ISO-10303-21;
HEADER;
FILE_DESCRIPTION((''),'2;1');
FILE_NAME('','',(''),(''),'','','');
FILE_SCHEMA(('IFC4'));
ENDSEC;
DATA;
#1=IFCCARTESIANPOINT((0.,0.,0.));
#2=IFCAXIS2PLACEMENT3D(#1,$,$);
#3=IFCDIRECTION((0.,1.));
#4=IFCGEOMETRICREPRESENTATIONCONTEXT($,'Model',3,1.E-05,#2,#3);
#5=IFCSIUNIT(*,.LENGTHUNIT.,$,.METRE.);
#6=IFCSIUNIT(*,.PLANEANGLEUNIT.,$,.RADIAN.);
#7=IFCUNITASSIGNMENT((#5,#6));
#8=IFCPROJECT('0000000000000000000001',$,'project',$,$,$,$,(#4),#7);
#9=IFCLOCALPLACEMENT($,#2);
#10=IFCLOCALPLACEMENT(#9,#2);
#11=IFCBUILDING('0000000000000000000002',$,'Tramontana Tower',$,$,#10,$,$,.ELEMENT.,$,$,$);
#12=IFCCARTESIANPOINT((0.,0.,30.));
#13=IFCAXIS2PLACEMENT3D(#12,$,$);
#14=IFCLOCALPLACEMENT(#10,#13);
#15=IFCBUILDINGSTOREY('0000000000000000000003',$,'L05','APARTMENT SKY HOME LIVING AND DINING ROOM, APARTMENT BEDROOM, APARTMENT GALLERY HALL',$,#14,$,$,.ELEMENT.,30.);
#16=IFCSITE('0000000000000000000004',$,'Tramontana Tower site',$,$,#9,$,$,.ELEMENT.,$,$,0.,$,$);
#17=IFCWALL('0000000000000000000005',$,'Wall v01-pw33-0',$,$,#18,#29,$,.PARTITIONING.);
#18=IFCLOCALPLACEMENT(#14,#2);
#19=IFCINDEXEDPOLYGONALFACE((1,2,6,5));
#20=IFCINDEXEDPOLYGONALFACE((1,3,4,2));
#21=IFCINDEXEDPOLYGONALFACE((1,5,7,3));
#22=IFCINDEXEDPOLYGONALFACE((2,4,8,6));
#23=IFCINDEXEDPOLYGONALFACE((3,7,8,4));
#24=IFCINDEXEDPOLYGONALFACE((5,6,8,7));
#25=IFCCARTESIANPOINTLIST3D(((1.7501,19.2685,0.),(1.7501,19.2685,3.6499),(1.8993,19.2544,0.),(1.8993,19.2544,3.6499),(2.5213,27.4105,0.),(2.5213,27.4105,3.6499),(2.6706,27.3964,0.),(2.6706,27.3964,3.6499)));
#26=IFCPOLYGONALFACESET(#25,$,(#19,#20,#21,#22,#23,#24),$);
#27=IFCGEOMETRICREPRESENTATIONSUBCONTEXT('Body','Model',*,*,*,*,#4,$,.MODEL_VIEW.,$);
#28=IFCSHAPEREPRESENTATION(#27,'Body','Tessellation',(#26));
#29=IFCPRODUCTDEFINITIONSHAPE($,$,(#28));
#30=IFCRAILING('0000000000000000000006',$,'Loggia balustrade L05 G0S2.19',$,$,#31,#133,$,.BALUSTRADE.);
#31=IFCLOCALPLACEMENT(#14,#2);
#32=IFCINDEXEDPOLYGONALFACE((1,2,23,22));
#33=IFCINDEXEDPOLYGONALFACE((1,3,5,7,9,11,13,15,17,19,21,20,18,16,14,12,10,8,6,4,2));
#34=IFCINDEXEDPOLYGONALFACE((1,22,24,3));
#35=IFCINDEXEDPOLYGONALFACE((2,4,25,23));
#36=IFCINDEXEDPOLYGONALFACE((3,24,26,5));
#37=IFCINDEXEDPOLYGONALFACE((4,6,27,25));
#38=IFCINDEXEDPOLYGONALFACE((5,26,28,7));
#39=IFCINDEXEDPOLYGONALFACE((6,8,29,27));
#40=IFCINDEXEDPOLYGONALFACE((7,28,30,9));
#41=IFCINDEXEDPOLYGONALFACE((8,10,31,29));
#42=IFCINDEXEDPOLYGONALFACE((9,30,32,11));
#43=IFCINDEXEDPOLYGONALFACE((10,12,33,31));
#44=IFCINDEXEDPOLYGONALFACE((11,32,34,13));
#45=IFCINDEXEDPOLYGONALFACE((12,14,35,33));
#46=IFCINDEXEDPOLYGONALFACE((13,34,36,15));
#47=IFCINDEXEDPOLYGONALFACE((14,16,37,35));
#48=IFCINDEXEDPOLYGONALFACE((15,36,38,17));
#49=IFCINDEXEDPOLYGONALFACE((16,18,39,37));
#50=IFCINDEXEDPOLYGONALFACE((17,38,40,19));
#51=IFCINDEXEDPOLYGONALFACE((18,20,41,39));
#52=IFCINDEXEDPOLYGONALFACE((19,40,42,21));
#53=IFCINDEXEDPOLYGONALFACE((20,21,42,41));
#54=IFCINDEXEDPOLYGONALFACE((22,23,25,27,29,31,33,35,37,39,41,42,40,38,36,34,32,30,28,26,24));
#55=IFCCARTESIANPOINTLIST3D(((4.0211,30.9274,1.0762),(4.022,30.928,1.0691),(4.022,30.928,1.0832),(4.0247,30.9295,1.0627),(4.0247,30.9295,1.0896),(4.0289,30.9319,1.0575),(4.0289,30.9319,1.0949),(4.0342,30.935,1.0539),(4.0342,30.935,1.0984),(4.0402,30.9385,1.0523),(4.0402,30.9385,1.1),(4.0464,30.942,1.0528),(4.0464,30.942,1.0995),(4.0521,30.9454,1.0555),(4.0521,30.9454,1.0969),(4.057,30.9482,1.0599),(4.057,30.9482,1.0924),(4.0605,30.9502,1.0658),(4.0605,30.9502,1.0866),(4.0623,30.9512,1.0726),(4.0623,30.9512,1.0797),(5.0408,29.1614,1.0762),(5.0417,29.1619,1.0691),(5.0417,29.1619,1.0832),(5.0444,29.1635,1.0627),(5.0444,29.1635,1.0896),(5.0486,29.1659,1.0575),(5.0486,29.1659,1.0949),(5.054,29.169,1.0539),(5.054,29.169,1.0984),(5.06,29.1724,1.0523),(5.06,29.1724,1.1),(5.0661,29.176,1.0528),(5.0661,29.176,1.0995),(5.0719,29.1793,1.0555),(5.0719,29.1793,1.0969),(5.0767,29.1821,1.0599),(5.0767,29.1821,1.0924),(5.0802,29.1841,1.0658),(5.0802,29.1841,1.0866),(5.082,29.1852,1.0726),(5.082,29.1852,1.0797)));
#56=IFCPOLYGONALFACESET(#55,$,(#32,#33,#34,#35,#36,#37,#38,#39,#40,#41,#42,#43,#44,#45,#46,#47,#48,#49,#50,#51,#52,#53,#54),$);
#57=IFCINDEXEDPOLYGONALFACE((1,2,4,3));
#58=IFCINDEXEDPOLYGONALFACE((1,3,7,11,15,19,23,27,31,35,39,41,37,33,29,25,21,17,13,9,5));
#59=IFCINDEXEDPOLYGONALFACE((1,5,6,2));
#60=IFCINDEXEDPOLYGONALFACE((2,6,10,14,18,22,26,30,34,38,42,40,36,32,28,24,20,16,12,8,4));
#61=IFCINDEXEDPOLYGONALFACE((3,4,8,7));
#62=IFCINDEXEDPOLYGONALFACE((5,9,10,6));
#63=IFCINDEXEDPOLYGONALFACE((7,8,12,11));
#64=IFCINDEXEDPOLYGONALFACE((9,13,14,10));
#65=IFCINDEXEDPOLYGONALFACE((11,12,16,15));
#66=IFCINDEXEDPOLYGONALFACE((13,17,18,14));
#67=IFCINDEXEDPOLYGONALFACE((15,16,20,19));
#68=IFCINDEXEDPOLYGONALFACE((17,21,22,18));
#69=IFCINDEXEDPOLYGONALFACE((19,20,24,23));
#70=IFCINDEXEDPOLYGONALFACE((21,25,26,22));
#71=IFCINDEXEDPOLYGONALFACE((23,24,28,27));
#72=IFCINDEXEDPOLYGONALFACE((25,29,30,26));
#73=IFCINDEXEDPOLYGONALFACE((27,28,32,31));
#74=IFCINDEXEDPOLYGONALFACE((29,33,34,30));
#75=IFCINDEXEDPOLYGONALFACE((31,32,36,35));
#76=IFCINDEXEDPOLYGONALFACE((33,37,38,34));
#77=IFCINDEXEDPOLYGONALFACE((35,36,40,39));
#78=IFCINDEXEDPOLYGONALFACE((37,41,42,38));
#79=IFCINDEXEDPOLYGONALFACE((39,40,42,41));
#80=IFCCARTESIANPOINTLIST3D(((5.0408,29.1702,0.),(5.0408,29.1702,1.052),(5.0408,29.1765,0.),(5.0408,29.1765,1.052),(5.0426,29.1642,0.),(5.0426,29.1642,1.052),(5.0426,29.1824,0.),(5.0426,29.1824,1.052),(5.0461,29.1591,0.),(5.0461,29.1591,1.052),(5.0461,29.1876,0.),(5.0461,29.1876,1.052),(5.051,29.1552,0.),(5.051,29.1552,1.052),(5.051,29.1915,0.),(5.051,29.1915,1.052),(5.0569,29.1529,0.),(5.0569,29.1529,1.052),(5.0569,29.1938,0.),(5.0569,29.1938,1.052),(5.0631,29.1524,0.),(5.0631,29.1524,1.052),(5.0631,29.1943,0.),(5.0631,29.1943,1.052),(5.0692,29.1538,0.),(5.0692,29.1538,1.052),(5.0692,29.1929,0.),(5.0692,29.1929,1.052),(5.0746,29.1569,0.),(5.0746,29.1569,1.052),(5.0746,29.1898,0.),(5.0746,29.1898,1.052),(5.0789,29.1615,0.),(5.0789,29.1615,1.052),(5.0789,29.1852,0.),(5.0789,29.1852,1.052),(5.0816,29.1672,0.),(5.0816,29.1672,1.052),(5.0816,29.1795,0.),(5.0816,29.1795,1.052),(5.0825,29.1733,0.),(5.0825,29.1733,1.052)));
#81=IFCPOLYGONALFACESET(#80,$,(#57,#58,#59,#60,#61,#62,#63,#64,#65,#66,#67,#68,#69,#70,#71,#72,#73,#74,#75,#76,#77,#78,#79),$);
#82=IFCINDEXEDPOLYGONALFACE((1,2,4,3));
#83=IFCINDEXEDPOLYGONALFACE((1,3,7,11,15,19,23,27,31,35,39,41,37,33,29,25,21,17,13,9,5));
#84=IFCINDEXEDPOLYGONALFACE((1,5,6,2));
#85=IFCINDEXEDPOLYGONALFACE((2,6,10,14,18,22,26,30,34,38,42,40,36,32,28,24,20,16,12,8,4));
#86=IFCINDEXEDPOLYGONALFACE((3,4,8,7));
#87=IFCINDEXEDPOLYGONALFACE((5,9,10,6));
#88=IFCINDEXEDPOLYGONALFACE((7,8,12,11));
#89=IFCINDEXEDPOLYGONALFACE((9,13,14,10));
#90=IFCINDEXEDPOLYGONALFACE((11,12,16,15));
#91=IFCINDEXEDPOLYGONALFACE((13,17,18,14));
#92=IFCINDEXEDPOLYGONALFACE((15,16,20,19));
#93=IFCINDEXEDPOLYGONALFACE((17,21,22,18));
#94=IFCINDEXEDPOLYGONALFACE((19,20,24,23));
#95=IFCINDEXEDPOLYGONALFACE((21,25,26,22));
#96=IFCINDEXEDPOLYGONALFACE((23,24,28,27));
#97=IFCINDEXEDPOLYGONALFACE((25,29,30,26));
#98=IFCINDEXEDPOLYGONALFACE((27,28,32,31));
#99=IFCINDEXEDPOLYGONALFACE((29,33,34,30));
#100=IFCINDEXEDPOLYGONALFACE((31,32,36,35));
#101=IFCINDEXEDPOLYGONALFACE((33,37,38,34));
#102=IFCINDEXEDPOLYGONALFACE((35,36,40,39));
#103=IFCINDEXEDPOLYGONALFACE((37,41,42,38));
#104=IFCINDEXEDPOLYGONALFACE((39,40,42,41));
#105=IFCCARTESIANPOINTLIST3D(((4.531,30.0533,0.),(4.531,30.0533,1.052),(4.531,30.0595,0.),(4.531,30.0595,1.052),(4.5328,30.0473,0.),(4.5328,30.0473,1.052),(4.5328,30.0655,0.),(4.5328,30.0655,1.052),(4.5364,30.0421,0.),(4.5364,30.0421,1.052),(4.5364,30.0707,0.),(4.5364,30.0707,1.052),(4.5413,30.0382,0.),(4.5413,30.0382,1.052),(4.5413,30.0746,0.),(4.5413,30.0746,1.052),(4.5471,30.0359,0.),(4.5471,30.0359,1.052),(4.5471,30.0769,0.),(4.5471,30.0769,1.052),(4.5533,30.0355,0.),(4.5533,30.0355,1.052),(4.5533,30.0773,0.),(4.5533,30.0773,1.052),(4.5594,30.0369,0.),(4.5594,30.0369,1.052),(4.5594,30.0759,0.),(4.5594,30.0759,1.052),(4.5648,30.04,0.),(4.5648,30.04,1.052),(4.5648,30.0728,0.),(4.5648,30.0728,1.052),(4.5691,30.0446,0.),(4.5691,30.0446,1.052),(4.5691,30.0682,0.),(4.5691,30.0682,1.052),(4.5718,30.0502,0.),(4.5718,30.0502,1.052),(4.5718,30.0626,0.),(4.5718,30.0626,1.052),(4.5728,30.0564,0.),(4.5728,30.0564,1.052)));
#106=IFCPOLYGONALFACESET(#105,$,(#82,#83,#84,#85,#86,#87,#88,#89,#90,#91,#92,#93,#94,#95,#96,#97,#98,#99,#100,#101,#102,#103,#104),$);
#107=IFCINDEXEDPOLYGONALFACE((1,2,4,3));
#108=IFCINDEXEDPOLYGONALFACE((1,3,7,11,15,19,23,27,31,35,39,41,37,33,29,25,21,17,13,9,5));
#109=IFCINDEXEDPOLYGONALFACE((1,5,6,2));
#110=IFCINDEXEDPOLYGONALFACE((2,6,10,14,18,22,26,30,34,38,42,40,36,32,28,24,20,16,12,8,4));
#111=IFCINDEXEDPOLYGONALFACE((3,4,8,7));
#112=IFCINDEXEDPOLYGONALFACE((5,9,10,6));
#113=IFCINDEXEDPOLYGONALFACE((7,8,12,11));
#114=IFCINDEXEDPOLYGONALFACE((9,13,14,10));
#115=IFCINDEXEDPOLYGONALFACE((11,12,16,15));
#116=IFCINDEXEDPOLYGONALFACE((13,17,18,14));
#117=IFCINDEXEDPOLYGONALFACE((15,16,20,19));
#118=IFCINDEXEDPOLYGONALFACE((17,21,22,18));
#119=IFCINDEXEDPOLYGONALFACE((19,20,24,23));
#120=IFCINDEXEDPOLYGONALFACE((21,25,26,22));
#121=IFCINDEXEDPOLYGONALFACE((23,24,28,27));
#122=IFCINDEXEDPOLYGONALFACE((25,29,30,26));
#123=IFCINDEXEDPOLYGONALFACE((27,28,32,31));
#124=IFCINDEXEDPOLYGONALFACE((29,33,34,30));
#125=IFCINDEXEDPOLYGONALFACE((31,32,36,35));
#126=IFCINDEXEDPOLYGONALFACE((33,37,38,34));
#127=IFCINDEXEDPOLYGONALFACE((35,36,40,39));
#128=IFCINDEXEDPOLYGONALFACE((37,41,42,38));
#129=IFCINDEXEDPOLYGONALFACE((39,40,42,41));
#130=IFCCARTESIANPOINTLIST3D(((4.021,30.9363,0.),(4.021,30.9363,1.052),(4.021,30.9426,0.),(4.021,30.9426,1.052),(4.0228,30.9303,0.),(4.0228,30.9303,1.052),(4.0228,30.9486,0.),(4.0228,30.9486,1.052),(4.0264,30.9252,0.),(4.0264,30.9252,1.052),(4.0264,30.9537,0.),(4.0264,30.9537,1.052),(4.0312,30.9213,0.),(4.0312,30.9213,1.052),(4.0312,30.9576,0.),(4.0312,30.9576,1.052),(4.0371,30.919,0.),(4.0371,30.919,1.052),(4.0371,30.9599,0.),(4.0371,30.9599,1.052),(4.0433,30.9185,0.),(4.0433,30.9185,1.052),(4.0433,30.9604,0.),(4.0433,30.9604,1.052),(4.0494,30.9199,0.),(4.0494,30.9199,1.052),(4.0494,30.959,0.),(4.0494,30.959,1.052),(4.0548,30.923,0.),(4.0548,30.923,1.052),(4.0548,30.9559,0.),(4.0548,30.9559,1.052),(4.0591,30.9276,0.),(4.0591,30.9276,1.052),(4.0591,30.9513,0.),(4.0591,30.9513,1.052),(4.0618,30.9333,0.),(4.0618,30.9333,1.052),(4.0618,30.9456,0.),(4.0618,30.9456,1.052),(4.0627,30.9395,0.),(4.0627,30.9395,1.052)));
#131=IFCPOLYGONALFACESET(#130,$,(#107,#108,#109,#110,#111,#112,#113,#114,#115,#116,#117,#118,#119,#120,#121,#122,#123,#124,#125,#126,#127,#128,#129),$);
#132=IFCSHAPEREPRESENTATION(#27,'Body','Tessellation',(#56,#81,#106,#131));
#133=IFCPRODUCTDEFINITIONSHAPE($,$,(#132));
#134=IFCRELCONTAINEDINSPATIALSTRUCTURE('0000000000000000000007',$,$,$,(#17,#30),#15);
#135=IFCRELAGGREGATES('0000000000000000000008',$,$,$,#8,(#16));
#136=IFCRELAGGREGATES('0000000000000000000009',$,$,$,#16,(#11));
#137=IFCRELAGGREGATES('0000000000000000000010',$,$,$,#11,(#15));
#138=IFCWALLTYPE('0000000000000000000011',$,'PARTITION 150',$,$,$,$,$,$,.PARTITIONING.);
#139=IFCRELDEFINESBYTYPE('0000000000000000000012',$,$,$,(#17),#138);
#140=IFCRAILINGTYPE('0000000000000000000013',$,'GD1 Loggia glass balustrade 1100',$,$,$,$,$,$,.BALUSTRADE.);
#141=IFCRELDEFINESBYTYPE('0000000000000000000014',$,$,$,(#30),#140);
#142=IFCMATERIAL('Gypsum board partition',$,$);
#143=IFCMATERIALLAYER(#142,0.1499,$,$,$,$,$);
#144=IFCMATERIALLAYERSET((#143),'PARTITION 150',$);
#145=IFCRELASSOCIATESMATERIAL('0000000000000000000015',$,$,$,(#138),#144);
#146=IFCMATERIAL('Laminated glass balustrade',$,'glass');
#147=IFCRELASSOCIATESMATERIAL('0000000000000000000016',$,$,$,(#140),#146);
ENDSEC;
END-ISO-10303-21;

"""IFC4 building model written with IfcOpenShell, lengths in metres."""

from ifc_helpers import new_model, si_unit, direction, frame, frame_2d, origin, origin_2d, place, context, subcontext, project, spatial, rectangle, circle, extrude, material, layer, layer_set, type_object, element, save


model = new_model("IFC4")

# Units and contexts
model_context = context("Model", 3, precision=1e-05, world=origin(), true_north=direction((0.0, 1.0)))
body_context = subcontext(model_context, "Body", "Model", "MODEL_VIEW")
ifc_project = project(units=[si_unit("LENGTHUNIT", "METRE"), si_unit("PLANEANGLEUNIT", "RADIAN")], contexts=[model_context])

# Site, building, storey
site_placement = place(None, origin())
site = spatial("IfcSite", under=ifc_project, at=site_placement, Name="Tramontana Tower site", CompositionType="ELEMENT", RefElevation=0.0)
building_placement = place(site_placement, origin())
building = spatial("IfcBuilding", under=site, at=building_placement, Name="Tramontana Tower", CompositionType="ELEMENT")
storey_placement = place(building_placement, frame((0.0, 0.0, 30.0)))
storey = spatial("IfcBuildingStorey", under=building, at=storey_placement, Name="L05", Description="APARTMENT SKY HOME LIVING AND DINING ROOM, APARTMENT BEDROOM, APARTMENT GALLERY HALL", CompositionType="ELEMENT", Elevation=30.0)

# Wall
ifc_material_1 = material(Name="Gypsum board partition")
ifc_layer_1 = layer(ifc_material_1, 0.1499)
ifc_layer_set_1 = layer_set([ifc_layer_1], Name="PARTITION 150")
wall_type_1 = type_object("IfcWallType", Name="PARTITION 150", PredefinedType="PARTITIONING", material=ifc_layer_set_1)
wall_1_placement = place(storey_placement, frame((2.5959, 27.4036, 0.0), z_axis=(0.0, 0.0, 1.0), x_axis=(-0.094301, -0.995544, 0.0)))
element("IfcWall", 1, at=wall_1_placement, inside=storey, type_object=wall_type_1, Name="Wall v01-pw33-0", PredefinedType="PARTITIONING", context=body_context, shape_type="SweptSolid", body=[
    extrude(rectangle(XDim=8.1785, YDim=0.1499, at=frame_2d((4.0894, 0.0))), origin(), (0.0, 0.0, 1.0), 3.6499),
])

# Railing
ifc_material_2 = material(Name="Laminated glass balustrade", Category="glass")
railing_type = type_object("IfcRailingType", Name="GD1 Loggia glass balustrade 1100", PredefinedType="BALUSTRADE", material=ifc_material_2)
railing_placement = place(storey_placement, frame((5.0615, 29.1733, 0.0)))
element("IfcRailing", 2, at=railing_placement, inside=storey, type_object=railing_type, Name="Loggia balustrade L05 G0S2.19", PredefinedType="BALUSTRADE", context=body_context, shape_type="SweptSolid", body=[
    extrude(circle(Radius=0.0239, at=origin_2d()), frame((0.0, 0.0, 1.0762), z_axis=(-0.50004, 0.866002, 0.0), x_axis=(-0.866002, -0.50004, 0.0)), (0.0, 0.0, 1.0), 2.0393),
    extrude(circle(Radius=0.021, at=origin_2d()), origin(), (0.0, 0.0, 1.0), 1.052),
    extrude(circle(Radius=0.021, at=origin_2d()), frame((-0.5098, 0.8831, 0.0)), (0.0, 0.0, 1.0), 1.052),
    extrude(circle(Radius=0.021, at=origin_2d()), frame((-1.0198, 1.7661, 0.0)), (0.0, 0.0, 1.0), 1.052),
])

save(model, "model.ifc")
